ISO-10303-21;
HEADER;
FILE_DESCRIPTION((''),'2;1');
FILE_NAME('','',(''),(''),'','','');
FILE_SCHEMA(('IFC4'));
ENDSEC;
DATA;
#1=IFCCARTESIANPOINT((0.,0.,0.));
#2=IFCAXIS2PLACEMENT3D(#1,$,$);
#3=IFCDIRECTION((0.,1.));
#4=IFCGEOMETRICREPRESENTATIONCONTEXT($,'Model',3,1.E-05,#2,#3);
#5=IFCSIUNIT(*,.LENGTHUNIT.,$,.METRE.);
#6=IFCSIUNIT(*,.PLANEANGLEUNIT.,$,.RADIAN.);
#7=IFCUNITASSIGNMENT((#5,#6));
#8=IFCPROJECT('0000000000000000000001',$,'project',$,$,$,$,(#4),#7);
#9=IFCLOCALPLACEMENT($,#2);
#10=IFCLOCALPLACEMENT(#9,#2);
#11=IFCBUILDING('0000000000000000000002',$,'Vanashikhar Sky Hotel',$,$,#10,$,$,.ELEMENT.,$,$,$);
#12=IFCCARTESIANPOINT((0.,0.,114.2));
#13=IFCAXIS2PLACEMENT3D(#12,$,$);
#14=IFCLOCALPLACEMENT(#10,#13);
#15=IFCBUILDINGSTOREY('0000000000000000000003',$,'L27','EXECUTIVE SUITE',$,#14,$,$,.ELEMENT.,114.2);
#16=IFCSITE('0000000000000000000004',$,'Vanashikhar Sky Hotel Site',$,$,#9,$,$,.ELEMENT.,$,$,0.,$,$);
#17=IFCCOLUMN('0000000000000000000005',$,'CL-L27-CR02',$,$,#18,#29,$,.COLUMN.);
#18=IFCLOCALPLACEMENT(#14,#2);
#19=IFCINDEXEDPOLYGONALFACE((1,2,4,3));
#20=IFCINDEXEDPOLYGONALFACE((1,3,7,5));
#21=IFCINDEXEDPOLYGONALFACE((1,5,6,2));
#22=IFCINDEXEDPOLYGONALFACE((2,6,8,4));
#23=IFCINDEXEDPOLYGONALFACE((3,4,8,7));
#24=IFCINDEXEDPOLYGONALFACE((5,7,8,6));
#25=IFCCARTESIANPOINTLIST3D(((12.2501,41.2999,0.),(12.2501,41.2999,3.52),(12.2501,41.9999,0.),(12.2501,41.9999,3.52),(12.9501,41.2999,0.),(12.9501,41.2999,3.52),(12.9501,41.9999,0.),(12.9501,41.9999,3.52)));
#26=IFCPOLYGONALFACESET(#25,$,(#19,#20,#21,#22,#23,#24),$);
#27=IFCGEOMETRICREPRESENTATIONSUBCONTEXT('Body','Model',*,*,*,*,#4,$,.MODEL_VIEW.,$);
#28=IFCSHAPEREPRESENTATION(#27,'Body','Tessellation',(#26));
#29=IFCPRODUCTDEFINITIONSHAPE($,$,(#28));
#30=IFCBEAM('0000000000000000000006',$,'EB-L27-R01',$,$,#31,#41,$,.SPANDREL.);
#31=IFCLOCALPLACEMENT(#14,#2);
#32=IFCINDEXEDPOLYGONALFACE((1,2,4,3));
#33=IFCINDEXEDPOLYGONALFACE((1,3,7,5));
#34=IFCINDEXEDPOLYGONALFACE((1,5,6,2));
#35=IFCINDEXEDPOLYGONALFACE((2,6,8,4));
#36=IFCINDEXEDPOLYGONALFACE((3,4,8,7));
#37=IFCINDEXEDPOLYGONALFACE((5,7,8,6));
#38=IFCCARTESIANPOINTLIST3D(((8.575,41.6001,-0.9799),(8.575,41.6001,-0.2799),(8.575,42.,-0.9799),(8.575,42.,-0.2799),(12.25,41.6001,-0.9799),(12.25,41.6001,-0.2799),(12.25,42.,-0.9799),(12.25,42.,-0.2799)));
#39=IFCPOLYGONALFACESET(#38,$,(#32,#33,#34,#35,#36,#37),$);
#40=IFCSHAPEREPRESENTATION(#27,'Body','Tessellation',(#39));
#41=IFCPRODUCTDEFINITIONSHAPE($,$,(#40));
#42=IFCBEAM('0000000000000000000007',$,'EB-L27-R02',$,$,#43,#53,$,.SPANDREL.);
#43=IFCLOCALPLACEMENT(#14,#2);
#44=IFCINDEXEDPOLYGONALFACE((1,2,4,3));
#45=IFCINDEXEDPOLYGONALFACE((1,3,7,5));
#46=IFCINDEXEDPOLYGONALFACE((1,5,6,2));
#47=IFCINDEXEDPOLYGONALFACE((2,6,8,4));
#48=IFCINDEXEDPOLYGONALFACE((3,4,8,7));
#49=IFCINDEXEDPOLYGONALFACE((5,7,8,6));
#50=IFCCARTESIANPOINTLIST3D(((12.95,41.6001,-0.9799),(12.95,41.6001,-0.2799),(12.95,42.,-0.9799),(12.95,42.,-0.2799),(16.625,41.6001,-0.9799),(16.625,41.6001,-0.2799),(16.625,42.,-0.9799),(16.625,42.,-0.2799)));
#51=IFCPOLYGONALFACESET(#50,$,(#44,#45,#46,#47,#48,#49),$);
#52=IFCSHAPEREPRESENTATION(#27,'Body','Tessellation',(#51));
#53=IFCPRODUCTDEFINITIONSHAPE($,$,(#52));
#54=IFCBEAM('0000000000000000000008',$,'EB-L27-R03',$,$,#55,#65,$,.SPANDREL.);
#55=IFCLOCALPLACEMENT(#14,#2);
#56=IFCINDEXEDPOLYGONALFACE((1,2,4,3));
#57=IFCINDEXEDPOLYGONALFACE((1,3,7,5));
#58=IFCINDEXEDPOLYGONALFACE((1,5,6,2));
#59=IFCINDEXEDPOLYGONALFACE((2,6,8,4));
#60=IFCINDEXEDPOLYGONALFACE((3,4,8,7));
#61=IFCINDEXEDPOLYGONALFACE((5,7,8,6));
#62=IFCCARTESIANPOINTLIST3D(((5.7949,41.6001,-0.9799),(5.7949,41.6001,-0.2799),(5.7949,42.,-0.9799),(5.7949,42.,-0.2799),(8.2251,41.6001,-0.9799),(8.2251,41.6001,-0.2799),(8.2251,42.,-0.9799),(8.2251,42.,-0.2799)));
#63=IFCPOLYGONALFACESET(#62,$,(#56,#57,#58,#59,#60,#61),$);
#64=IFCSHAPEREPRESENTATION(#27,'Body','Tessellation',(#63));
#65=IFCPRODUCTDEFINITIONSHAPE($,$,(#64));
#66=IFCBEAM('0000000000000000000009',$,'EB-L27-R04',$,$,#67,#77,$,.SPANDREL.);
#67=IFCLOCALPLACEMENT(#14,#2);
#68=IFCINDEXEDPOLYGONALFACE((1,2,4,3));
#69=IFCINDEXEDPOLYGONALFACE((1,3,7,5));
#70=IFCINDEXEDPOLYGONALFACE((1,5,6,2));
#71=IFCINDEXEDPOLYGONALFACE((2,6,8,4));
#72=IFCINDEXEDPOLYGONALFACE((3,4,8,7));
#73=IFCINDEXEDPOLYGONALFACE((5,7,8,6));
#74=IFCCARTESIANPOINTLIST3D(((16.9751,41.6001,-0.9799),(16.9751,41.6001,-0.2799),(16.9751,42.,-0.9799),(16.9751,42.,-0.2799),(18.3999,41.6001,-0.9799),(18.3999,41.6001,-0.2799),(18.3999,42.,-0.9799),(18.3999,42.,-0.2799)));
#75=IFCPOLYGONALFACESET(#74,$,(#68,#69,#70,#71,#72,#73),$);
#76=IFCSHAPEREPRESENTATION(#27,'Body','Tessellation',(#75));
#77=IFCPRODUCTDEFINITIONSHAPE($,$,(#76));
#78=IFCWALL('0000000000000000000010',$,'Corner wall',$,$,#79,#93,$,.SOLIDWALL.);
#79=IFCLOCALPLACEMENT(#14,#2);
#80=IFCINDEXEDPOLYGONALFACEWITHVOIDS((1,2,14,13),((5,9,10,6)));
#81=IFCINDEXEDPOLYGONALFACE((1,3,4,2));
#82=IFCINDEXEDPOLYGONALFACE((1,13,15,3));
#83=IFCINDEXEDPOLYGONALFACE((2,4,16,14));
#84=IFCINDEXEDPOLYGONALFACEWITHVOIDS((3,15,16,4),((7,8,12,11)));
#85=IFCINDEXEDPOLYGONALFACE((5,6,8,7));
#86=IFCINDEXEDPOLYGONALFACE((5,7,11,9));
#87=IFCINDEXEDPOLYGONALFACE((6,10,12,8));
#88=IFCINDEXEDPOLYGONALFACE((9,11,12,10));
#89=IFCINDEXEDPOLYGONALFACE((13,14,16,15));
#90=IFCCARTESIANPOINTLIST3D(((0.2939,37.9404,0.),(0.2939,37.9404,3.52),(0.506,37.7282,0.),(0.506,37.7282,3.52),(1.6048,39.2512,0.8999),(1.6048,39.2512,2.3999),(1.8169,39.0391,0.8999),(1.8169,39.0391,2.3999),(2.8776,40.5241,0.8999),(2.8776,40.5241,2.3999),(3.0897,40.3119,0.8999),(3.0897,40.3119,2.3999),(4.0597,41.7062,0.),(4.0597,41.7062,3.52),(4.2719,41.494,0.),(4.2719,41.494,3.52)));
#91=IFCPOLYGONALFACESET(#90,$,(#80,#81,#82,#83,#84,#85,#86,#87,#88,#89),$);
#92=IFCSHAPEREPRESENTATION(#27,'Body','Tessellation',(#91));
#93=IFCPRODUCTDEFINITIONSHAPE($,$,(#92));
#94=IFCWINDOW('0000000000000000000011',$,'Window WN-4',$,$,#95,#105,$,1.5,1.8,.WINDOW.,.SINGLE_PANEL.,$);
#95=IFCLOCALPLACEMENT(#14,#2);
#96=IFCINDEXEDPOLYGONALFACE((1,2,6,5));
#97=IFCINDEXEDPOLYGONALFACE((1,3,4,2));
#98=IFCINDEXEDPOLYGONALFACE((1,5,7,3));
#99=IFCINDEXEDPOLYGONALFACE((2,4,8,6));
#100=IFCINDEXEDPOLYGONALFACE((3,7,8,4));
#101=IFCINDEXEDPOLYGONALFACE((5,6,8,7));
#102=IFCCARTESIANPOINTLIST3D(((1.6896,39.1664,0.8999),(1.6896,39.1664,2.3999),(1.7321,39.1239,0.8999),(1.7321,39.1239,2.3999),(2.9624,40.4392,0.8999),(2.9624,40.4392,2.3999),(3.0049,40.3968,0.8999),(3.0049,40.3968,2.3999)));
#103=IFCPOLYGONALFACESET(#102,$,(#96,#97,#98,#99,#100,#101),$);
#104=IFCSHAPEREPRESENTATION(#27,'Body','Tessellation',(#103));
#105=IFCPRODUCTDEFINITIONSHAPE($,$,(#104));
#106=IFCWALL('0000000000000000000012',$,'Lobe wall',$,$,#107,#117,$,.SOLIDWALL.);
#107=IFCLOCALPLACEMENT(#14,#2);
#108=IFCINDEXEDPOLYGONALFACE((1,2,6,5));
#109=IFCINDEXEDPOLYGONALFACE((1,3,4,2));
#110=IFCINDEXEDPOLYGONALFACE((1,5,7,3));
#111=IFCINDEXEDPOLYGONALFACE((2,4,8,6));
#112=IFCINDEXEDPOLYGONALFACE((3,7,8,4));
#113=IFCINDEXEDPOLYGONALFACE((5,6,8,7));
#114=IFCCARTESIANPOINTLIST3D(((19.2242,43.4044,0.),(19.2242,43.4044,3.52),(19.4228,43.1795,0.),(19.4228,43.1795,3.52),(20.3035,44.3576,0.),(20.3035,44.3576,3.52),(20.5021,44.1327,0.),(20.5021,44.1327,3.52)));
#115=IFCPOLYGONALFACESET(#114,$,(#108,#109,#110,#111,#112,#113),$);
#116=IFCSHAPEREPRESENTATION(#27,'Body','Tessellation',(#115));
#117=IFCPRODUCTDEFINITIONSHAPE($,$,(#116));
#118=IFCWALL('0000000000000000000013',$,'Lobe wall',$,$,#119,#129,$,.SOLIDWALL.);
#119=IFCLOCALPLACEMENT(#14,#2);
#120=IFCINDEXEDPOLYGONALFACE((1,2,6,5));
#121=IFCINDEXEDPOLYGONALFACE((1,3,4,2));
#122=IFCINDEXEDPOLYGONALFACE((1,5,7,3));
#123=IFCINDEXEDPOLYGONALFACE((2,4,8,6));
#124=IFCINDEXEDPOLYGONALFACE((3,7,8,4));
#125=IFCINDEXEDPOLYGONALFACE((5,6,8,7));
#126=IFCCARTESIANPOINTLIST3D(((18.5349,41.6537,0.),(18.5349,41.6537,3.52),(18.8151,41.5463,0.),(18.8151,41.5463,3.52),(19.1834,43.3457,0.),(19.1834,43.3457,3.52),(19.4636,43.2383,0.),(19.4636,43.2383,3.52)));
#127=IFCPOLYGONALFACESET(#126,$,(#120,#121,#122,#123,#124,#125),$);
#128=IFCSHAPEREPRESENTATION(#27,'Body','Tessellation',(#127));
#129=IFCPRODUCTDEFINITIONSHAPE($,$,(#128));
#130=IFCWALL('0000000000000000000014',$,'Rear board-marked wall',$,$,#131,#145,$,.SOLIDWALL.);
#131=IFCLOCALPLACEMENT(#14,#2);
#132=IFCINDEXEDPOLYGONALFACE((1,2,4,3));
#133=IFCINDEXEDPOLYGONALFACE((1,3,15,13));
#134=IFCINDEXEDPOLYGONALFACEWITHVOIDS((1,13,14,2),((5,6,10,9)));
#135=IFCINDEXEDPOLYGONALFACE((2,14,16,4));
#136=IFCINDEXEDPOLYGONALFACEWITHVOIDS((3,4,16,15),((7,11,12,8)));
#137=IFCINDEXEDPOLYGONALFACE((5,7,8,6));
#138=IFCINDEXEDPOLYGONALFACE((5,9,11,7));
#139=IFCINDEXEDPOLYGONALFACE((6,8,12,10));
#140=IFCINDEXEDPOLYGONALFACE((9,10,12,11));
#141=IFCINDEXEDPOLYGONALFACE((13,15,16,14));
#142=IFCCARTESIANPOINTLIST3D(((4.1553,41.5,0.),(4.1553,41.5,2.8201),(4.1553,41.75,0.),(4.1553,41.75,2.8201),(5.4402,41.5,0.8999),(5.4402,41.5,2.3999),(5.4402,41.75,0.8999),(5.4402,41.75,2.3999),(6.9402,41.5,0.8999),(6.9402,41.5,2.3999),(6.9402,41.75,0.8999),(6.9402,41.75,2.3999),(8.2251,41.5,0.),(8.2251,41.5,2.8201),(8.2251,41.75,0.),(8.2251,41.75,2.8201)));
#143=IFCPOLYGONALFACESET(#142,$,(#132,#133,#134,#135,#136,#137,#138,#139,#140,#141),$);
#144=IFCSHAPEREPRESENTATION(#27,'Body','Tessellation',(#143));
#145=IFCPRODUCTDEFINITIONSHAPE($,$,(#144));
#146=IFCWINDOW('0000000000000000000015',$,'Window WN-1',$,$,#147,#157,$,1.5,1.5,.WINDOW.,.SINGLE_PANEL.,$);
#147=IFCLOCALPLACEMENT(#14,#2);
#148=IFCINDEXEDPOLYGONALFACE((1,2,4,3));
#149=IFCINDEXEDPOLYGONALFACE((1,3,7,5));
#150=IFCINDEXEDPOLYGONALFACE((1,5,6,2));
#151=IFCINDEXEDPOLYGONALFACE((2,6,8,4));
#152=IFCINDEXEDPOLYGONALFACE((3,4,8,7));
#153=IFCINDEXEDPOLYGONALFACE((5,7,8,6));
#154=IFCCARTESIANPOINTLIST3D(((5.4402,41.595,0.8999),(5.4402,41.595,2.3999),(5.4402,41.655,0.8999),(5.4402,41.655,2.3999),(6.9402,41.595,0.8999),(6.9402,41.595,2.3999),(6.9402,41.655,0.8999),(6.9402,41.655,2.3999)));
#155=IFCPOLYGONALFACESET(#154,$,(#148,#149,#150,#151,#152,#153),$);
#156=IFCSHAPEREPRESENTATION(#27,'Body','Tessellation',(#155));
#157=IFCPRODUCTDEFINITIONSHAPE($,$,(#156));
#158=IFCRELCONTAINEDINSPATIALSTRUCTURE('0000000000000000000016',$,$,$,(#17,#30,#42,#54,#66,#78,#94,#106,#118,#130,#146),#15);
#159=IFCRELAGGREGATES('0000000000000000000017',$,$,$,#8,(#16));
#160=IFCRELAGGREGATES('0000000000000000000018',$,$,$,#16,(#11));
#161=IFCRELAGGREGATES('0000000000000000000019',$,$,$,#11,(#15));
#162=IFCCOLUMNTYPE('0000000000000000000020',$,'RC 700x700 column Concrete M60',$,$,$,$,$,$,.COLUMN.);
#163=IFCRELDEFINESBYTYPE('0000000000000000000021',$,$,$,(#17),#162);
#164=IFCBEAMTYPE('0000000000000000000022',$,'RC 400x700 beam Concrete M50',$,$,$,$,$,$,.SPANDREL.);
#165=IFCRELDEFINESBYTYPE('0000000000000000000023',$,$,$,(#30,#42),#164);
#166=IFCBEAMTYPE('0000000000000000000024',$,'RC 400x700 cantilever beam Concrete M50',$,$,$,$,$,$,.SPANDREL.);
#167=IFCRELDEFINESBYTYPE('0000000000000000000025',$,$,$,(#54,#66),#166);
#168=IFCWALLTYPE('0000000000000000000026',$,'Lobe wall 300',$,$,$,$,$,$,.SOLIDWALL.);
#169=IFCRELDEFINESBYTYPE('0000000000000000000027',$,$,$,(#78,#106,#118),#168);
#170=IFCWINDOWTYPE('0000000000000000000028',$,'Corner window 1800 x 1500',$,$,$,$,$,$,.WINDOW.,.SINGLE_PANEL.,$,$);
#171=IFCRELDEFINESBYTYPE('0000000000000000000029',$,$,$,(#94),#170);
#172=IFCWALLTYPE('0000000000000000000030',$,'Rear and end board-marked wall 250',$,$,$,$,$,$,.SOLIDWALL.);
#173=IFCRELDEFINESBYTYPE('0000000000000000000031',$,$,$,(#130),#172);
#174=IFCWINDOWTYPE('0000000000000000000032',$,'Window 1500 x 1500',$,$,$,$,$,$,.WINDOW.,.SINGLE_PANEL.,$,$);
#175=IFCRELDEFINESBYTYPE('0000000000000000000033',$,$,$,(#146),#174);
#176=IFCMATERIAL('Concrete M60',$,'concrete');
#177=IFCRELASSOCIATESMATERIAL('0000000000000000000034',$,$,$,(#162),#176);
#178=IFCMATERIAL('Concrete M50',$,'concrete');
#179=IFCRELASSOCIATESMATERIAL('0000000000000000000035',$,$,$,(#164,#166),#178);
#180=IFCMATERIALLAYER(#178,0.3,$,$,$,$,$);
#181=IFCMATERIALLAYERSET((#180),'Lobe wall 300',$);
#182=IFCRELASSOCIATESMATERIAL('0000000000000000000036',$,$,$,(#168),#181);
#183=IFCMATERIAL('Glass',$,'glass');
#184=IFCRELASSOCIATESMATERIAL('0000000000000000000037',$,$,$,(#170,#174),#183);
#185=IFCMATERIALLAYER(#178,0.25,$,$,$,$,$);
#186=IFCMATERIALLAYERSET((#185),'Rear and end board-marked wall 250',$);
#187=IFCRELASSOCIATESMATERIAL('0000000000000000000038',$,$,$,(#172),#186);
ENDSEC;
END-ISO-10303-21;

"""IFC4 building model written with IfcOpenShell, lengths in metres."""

from ifc_helpers import new_model, si_unit, direction, frame, frame_2d, origin, origin_2d, place, context, subcontext, project, spatial, rectangle, extrude, source, transform, mapped, material, layer, layer_set, material_profile, profile_set, type_object, element, fill, save


model = new_model("IFC4")

# Units and contexts
model_context = context("Model", 3, precision=1e-05, world=origin(), true_north=direction((0.0, 1.0)))
body_context = subcontext(model_context, "Body", "Model", "MODEL_VIEW")
ifc_project = project(units=[si_unit("LENGTHUNIT", "METRE"), si_unit("PLANEANGLEUNIT", "RADIAN")], contexts=[model_context])

# Site, building, storey
site_placement = place(None, origin())
site = spatial("IfcSite", under=ifc_project, at=site_placement, Name="Vanashikhar Sky Hotel Site", CompositionType="ELEMENT", RefElevation=0.0)
building_placement = place(site_placement, origin())
building = spatial("IfcBuilding", under=site, at=building_placement, Name="Vanashikhar Sky Hotel", CompositionType="ELEMENT")
storey_placement = place(building_placement, frame((0.0, 0.0, 114.2)))
storey = spatial("IfcBuildingStorey", under=building, at=storey_placement, Name="L27", Description="EXECUTIVE SUITE", CompositionType="ELEMENT", Elevation=114.2)

# Column
ifc_material_1 = material(Name="Concrete M60", Category="concrete")
ifc_material_profile_1 = material_profile(ifc_material_1, rectangle(XDim=0.7, YDim=0.7, at=origin_2d()))
ifc_profile_set_1 = profile_set([ifc_material_profile_1], Name="RC 700x700 column Concrete M60")
column_type = type_object("IfcColumnType", Name="RC 700x700 column Concrete M60", PredefinedType="COLUMN", material=ifc_profile_set_1)
shared_shape_1 = source(origin(), body_context, "Body", "SweptSolid", [
    extrude(rectangle(XDim=0.7, YDim=0.7, at=origin_2d()), origin(), (0.0, 0.0, 1.0), 3.52),
])
column_placement = place(storey_placement, frame((12.6001, 41.6499, 0.0), z_axis=(0.0, 0.0, 1.0), x_axis=(1.0, 0.0, 0.0)))
element("IfcColumn", 1, at=column_placement, inside=storey, type_object=column_type, Name="CL-L27-CR02", PredefinedType="COLUMN", context=body_context, shape_type="MappedRepresentation", body=[
    mapped(shared_shape_1, transform((0.0, 0.0, 0.0), scale=1.0)),
])

# Beams
ifc_material_2 = material(Name="Concrete M50", Category="concrete")
ifc_material_profile_2 = material_profile(ifc_material_2, rectangle(XDim=0.3999, YDim=0.7, at=origin_2d()))
ifc_profile_set_2 = profile_set([ifc_material_profile_2], Name="RC 400x700 beam Concrete M50")
beam_type_1 = type_object("IfcBeamType", Name="RC 400x700 beam Concrete M50", PredefinedType="SPANDREL", material=ifc_profile_set_2)
shared_shape_2 = source(origin(), body_context, "Body", "SweptSolid", [
    extrude(rectangle(XDim=0.3999, YDim=0.7, at=origin_2d()), origin(), (0.0, 0.0, 1.0), 3.675),
])
for number, where, z_axis, x_axis, name in (
    (2, (8.575, 41.8, -0.6299), (1.0, 0.0, 0.0), (0.0, 1.0, 0.0), "EB-L27-R01"),
    (3, (12.95, 41.8, -0.6299), (1.0, 0.0, 0.0), (0.0, 1.0, 0.0), "EB-L27-R02"),
):
    element("IfcBeam", number, at=place(storey_placement, frame(where, z_axis=z_axis, x_axis=x_axis)), inside=storey, type_object=beam_type_1, Name=name, PredefinedType="SPANDREL", context=body_context, shape_type="MappedRepresentation", body=[
        mapped(shared_shape_2, transform((0.0, 0.0, 0.0), scale=1.0)),
    ])
ifc_material_profile_3 = material_profile(ifc_material_2, rectangle(XDim=0.3999, YDim=0.7, at=origin_2d()))
ifc_profile_set_3 = profile_set([ifc_material_profile_3], Name="RC 400x700 cantilever beam Concrete M50")
beam_type_2 = type_object("IfcBeamType", Name="RC 400x700 cantilever beam Concrete M50", PredefinedType="SPANDREL", material=ifc_profile_set_3)
shared_shape_3 = source(origin(), body_context, "Body", "SweptSolid", [
    extrude(rectangle(XDim=0.3999, YDim=0.7, at=origin_2d()), origin(), (0.0, 0.0, 1.0), 2.4302),
])
beam_1_placement = place(storey_placement, frame((5.7949, 41.8, -0.6299), z_axis=(1.0, 0.0, 0.0), x_axis=(0.0, 1.0, 0.0)))
element("IfcBeam", 4, at=beam_1_placement, inside=storey, type_object=beam_type_2, Name="EB-L27-R03", PredefinedType="SPANDREL", context=body_context, shape_type="MappedRepresentation", body=[
    mapped(shared_shape_3, transform((0.0, 0.0, 0.0), scale=1.0)),
])
shared_shape_4 = source(origin(), body_context, "Body", "SweptSolid", [
    extrude(rectangle(XDim=0.3999, YDim=0.7, at=origin_2d()), origin(), (0.0, 0.0, 1.0), 1.4248),
])
beam_2_placement = place(storey_placement, frame((16.9751, 41.8, -0.6299), z_axis=(1.0, 0.0, 0.0), x_axis=(0.0, 1.0, 0.0)))
element("IfcBeam", 5, at=beam_2_placement, inside=storey, type_object=beam_type_2, Name="EB-L27-R04", PredefinedType="SPANDREL", context=body_context, shape_type="MappedRepresentation", body=[
    mapped(shared_shape_4, transform((0.0, 0.0, 0.0), scale=1.0)),
])

# Wall, opening, window
ifc_layer_1 = layer(ifc_material_2, 0.3)
ifc_layer_set_1 = layer_set([ifc_layer_1], Name="Lobe wall 300")
wall_type_1 = type_object("IfcWallType", Name="Lobe wall 300", PredefinedType="SOLIDWALL", material=ifc_layer_set_1)
shared_shape_5 = source(origin(), body_context, "Body", "SweptSolid", [
    extrude(rectangle(XDim=5.3257, YDim=0.3, at=frame_2d((2.6628, 0.0))), origin(), (0.0, 0.0, 1.0), 3.52),
])
wall_1_placement = place(storey_placement, frame((4.1658, 41.6001, 0.0), z_axis=(0.0, 0.0, 1.0), x_axis=(-0.707107, -0.707107, 0.0)))
wall_1 = element("IfcWall", 6, at=wall_1_placement, inside=storey, type_object=wall_type_1, Name="Corner wall", PredefinedType="SOLIDWALL", context=body_context, shape_type="MappedRepresentation", body=[
    mapped(shared_shape_5, transform((0.0, 0.0, 0.0), scale=1.0)),
])
shared_shape_6 = source(origin(), body_context, "Body", "SweptSolid", [
    extrude(rectangle(XDim=1.8, YDim=1.5, at=frame_2d((0.8999, 0.75))), frame((0.0, 0.1602, 0.0), z_axis=(0.0, -1.0, 0.0), x_axis=(1.0, 0.0, 0.0)), (0.0, 0.0, 1.0), 0.3201),
])
opening_1_placement = place(wall_1_placement, frame((1.6719, 0.0, 0.8999)))
opening_1 = element("IfcOpeningElement", 7, at=opening_1_placement, cuts=wall_1, PredefinedType="OPENING", context=body_context, shape_type="MappedRepresentation", body=[
    mapped(shared_shape_6, transform((0.0, 0.0, 0.0), scale=1.0)),
])
ifc_material_3 = material(Name="Glass", Category="glass")
window_type_1 = type_object("IfcWindowType", Name="Corner window 1800 x 1500", PartitioningType="SINGLE_PANEL", PredefinedType="WINDOW", material=ifc_material_3)
shared_shape_7 = source(origin(), body_context, "Body", "SweptSolid", [
    extrude(rectangle(XDim=1.8, YDim=1.5, at=frame_2d((0.8999, 0.75))), frame((0.0, 0.03, 0.0), z_axis=(0.0, -1.0, 0.0), x_axis=(1.0, 0.0, 0.0)), (0.0, 0.0, 1.0), 0.0601),
])
window_1_placement = place(opening_1_placement, origin())
window_1 = element("IfcWindow", 8, at=window_1_placement, inside=storey, type_object=window_type_1, Name="Window WN-4", OverallHeight=1.5, OverallWidth=1.8, PartitioningType="SINGLE_PANEL", PredefinedType="WINDOW", context=body_context, shape_type="MappedRepresentation", body=[
    mapped(shared_shape_7, transform((0.0, 0.0, 0.0), scale=1.0)),
])
fill(opening_1, window_1)

# Walls
shared_shape_8 = source(origin(), body_context, "Body", "SweptSolid", [
    extrude(rectangle(XDim=1.4399, YDim=0.3, at=frame_2d((0.72, 0.0))), origin(), (0.0, 0.0, 1.0), 3.52),
])
wall_2_placement = place(storey_placement, frame((20.4028, 44.2451, 0.0), z_axis=(0.0, 0.0, 1.0), x_axis=(-0.749576, -0.661919, 0.0)))
element("IfcWall", 9, at=wall_2_placement, inside=storey, type_object=wall_type_1, Name="Lobe wall", PredefinedType="SOLIDWALL", context=body_context, shape_type="MappedRepresentation", body=[
    mapped(shared_shape_8, transform((0.0, 0.0, 0.0), scale=1.0)),
])
shared_shape_9 = source(origin(), body_context, "Body", "SweptSolid", [
    extrude(rectangle(XDim=1.812, YDim=0.3, at=frame_2d((0.906, 0.0))), origin(), (0.0, 0.0, 1.0), 3.52),
])
wall_3_placement = place(storey_placement, frame((19.3235, 43.292, 0.0), z_axis=(0.0, 0.0, 1.0), x_axis=(-0.357877, -0.933769, 0.0)))
element("IfcWall", 10, at=wall_3_placement, inside=storey, type_object=wall_type_1, Name="Lobe wall", PredefinedType="SOLIDWALL", context=body_context, shape_type="MappedRepresentation", body=[
    mapped(shared_shape_9, transform((0.0, 0.0, 0.0), scale=1.0)),
])

# Wall, opening, window
ifc_layer_2 = layer(ifc_material_2, 0.25)
ifc_layer_set_2 = layer_set([ifc_layer_2], Name="Rear and end board-marked wall 250")
wall_type_2 = type_object("IfcWallType", Name="Rear and end board-marked wall 250", PredefinedType="SOLIDWALL", material=ifc_layer_set_2)
shared_shape_10 = source(origin(), body_context, "Body", "SweptSolid", [
    extrude(rectangle(XDim=4.0698, YDim=0.25, at=frame_2d((2.0349, 0.0))), origin(), (0.0, 0.0, 1.0), 2.8201),
])
wall_4_placement = place(storey_placement, frame((8.2251, 41.625, 0.0), z_axis=(0.0, 0.0, 1.0), x_axis=(-1.0, 0.0, 0.0)))
wall_4 = element("IfcWall", 11, at=wall_4_placement, inside=storey, type_object=wall_type_2, Name="Rear board-marked wall", PredefinedType="SOLIDWALL", context=body_context, shape_type="MappedRepresentation", body=[
    mapped(shared_shape_10, transform((0.0, 0.0, 0.0), scale=1.0)),
])
shared_shape_11 = source(origin(), body_context, "Body", "SweptSolid", [
    extrude(rectangle(XDim=1.5, YDim=1.5, at=frame_2d((0.75, 0.75))), frame((0.0, 0.135, 0.0), z_axis=(0.0, -1.0, 0.0), x_axis=(1.0, 0.0, 0.0)), (0.0, 0.0, 1.0), 0.27),
])
opening_2_placement = place(wall_4_placement, frame((1.2849, 0.0, 0.8999)))
opening_2 = element("IfcOpeningElement", 12, at=opening_2_placement, cuts=wall_4, PredefinedType="OPENING", context=body_context, shape_type="MappedRepresentation", body=[
    mapped(shared_shape_11, transform((0.0, 0.0, 0.0), scale=1.0)),
])
window_type_2 = type_object("IfcWindowType", Name="Window 1500 x 1500", PartitioningType="SINGLE_PANEL", PredefinedType="WINDOW", material=ifc_material_3)
shared_shape_12 = source(origin(), body_context, "Body", "SweptSolid", [
    extrude(rectangle(XDim=1.5, YDim=1.5, at=frame_2d((0.75, 0.75))), frame((0.0, 0.03, 0.0), z_axis=(0.0, -1.0, 0.0), x_axis=(1.0, 0.0, 0.0)), (0.0, 0.0, 1.0), 0.0601),
])
window_2_placement = place(opening_2_placement, origin())
window_2 = element("IfcWindow", 13, at=window_2_placement, inside=storey, type_object=window_type_2, Name="Window WN-1", OverallHeight=1.5, OverallWidth=1.5, PartitioningType="SINGLE_PANEL", PredefinedType="WINDOW", context=body_context, shape_type="MappedRepresentation", body=[
    mapped(shared_shape_12, transform((0.0, 0.0, 0.0), scale=1.0)),
])
fill(opening_2, window_2)

save(model, "model.ifc")
